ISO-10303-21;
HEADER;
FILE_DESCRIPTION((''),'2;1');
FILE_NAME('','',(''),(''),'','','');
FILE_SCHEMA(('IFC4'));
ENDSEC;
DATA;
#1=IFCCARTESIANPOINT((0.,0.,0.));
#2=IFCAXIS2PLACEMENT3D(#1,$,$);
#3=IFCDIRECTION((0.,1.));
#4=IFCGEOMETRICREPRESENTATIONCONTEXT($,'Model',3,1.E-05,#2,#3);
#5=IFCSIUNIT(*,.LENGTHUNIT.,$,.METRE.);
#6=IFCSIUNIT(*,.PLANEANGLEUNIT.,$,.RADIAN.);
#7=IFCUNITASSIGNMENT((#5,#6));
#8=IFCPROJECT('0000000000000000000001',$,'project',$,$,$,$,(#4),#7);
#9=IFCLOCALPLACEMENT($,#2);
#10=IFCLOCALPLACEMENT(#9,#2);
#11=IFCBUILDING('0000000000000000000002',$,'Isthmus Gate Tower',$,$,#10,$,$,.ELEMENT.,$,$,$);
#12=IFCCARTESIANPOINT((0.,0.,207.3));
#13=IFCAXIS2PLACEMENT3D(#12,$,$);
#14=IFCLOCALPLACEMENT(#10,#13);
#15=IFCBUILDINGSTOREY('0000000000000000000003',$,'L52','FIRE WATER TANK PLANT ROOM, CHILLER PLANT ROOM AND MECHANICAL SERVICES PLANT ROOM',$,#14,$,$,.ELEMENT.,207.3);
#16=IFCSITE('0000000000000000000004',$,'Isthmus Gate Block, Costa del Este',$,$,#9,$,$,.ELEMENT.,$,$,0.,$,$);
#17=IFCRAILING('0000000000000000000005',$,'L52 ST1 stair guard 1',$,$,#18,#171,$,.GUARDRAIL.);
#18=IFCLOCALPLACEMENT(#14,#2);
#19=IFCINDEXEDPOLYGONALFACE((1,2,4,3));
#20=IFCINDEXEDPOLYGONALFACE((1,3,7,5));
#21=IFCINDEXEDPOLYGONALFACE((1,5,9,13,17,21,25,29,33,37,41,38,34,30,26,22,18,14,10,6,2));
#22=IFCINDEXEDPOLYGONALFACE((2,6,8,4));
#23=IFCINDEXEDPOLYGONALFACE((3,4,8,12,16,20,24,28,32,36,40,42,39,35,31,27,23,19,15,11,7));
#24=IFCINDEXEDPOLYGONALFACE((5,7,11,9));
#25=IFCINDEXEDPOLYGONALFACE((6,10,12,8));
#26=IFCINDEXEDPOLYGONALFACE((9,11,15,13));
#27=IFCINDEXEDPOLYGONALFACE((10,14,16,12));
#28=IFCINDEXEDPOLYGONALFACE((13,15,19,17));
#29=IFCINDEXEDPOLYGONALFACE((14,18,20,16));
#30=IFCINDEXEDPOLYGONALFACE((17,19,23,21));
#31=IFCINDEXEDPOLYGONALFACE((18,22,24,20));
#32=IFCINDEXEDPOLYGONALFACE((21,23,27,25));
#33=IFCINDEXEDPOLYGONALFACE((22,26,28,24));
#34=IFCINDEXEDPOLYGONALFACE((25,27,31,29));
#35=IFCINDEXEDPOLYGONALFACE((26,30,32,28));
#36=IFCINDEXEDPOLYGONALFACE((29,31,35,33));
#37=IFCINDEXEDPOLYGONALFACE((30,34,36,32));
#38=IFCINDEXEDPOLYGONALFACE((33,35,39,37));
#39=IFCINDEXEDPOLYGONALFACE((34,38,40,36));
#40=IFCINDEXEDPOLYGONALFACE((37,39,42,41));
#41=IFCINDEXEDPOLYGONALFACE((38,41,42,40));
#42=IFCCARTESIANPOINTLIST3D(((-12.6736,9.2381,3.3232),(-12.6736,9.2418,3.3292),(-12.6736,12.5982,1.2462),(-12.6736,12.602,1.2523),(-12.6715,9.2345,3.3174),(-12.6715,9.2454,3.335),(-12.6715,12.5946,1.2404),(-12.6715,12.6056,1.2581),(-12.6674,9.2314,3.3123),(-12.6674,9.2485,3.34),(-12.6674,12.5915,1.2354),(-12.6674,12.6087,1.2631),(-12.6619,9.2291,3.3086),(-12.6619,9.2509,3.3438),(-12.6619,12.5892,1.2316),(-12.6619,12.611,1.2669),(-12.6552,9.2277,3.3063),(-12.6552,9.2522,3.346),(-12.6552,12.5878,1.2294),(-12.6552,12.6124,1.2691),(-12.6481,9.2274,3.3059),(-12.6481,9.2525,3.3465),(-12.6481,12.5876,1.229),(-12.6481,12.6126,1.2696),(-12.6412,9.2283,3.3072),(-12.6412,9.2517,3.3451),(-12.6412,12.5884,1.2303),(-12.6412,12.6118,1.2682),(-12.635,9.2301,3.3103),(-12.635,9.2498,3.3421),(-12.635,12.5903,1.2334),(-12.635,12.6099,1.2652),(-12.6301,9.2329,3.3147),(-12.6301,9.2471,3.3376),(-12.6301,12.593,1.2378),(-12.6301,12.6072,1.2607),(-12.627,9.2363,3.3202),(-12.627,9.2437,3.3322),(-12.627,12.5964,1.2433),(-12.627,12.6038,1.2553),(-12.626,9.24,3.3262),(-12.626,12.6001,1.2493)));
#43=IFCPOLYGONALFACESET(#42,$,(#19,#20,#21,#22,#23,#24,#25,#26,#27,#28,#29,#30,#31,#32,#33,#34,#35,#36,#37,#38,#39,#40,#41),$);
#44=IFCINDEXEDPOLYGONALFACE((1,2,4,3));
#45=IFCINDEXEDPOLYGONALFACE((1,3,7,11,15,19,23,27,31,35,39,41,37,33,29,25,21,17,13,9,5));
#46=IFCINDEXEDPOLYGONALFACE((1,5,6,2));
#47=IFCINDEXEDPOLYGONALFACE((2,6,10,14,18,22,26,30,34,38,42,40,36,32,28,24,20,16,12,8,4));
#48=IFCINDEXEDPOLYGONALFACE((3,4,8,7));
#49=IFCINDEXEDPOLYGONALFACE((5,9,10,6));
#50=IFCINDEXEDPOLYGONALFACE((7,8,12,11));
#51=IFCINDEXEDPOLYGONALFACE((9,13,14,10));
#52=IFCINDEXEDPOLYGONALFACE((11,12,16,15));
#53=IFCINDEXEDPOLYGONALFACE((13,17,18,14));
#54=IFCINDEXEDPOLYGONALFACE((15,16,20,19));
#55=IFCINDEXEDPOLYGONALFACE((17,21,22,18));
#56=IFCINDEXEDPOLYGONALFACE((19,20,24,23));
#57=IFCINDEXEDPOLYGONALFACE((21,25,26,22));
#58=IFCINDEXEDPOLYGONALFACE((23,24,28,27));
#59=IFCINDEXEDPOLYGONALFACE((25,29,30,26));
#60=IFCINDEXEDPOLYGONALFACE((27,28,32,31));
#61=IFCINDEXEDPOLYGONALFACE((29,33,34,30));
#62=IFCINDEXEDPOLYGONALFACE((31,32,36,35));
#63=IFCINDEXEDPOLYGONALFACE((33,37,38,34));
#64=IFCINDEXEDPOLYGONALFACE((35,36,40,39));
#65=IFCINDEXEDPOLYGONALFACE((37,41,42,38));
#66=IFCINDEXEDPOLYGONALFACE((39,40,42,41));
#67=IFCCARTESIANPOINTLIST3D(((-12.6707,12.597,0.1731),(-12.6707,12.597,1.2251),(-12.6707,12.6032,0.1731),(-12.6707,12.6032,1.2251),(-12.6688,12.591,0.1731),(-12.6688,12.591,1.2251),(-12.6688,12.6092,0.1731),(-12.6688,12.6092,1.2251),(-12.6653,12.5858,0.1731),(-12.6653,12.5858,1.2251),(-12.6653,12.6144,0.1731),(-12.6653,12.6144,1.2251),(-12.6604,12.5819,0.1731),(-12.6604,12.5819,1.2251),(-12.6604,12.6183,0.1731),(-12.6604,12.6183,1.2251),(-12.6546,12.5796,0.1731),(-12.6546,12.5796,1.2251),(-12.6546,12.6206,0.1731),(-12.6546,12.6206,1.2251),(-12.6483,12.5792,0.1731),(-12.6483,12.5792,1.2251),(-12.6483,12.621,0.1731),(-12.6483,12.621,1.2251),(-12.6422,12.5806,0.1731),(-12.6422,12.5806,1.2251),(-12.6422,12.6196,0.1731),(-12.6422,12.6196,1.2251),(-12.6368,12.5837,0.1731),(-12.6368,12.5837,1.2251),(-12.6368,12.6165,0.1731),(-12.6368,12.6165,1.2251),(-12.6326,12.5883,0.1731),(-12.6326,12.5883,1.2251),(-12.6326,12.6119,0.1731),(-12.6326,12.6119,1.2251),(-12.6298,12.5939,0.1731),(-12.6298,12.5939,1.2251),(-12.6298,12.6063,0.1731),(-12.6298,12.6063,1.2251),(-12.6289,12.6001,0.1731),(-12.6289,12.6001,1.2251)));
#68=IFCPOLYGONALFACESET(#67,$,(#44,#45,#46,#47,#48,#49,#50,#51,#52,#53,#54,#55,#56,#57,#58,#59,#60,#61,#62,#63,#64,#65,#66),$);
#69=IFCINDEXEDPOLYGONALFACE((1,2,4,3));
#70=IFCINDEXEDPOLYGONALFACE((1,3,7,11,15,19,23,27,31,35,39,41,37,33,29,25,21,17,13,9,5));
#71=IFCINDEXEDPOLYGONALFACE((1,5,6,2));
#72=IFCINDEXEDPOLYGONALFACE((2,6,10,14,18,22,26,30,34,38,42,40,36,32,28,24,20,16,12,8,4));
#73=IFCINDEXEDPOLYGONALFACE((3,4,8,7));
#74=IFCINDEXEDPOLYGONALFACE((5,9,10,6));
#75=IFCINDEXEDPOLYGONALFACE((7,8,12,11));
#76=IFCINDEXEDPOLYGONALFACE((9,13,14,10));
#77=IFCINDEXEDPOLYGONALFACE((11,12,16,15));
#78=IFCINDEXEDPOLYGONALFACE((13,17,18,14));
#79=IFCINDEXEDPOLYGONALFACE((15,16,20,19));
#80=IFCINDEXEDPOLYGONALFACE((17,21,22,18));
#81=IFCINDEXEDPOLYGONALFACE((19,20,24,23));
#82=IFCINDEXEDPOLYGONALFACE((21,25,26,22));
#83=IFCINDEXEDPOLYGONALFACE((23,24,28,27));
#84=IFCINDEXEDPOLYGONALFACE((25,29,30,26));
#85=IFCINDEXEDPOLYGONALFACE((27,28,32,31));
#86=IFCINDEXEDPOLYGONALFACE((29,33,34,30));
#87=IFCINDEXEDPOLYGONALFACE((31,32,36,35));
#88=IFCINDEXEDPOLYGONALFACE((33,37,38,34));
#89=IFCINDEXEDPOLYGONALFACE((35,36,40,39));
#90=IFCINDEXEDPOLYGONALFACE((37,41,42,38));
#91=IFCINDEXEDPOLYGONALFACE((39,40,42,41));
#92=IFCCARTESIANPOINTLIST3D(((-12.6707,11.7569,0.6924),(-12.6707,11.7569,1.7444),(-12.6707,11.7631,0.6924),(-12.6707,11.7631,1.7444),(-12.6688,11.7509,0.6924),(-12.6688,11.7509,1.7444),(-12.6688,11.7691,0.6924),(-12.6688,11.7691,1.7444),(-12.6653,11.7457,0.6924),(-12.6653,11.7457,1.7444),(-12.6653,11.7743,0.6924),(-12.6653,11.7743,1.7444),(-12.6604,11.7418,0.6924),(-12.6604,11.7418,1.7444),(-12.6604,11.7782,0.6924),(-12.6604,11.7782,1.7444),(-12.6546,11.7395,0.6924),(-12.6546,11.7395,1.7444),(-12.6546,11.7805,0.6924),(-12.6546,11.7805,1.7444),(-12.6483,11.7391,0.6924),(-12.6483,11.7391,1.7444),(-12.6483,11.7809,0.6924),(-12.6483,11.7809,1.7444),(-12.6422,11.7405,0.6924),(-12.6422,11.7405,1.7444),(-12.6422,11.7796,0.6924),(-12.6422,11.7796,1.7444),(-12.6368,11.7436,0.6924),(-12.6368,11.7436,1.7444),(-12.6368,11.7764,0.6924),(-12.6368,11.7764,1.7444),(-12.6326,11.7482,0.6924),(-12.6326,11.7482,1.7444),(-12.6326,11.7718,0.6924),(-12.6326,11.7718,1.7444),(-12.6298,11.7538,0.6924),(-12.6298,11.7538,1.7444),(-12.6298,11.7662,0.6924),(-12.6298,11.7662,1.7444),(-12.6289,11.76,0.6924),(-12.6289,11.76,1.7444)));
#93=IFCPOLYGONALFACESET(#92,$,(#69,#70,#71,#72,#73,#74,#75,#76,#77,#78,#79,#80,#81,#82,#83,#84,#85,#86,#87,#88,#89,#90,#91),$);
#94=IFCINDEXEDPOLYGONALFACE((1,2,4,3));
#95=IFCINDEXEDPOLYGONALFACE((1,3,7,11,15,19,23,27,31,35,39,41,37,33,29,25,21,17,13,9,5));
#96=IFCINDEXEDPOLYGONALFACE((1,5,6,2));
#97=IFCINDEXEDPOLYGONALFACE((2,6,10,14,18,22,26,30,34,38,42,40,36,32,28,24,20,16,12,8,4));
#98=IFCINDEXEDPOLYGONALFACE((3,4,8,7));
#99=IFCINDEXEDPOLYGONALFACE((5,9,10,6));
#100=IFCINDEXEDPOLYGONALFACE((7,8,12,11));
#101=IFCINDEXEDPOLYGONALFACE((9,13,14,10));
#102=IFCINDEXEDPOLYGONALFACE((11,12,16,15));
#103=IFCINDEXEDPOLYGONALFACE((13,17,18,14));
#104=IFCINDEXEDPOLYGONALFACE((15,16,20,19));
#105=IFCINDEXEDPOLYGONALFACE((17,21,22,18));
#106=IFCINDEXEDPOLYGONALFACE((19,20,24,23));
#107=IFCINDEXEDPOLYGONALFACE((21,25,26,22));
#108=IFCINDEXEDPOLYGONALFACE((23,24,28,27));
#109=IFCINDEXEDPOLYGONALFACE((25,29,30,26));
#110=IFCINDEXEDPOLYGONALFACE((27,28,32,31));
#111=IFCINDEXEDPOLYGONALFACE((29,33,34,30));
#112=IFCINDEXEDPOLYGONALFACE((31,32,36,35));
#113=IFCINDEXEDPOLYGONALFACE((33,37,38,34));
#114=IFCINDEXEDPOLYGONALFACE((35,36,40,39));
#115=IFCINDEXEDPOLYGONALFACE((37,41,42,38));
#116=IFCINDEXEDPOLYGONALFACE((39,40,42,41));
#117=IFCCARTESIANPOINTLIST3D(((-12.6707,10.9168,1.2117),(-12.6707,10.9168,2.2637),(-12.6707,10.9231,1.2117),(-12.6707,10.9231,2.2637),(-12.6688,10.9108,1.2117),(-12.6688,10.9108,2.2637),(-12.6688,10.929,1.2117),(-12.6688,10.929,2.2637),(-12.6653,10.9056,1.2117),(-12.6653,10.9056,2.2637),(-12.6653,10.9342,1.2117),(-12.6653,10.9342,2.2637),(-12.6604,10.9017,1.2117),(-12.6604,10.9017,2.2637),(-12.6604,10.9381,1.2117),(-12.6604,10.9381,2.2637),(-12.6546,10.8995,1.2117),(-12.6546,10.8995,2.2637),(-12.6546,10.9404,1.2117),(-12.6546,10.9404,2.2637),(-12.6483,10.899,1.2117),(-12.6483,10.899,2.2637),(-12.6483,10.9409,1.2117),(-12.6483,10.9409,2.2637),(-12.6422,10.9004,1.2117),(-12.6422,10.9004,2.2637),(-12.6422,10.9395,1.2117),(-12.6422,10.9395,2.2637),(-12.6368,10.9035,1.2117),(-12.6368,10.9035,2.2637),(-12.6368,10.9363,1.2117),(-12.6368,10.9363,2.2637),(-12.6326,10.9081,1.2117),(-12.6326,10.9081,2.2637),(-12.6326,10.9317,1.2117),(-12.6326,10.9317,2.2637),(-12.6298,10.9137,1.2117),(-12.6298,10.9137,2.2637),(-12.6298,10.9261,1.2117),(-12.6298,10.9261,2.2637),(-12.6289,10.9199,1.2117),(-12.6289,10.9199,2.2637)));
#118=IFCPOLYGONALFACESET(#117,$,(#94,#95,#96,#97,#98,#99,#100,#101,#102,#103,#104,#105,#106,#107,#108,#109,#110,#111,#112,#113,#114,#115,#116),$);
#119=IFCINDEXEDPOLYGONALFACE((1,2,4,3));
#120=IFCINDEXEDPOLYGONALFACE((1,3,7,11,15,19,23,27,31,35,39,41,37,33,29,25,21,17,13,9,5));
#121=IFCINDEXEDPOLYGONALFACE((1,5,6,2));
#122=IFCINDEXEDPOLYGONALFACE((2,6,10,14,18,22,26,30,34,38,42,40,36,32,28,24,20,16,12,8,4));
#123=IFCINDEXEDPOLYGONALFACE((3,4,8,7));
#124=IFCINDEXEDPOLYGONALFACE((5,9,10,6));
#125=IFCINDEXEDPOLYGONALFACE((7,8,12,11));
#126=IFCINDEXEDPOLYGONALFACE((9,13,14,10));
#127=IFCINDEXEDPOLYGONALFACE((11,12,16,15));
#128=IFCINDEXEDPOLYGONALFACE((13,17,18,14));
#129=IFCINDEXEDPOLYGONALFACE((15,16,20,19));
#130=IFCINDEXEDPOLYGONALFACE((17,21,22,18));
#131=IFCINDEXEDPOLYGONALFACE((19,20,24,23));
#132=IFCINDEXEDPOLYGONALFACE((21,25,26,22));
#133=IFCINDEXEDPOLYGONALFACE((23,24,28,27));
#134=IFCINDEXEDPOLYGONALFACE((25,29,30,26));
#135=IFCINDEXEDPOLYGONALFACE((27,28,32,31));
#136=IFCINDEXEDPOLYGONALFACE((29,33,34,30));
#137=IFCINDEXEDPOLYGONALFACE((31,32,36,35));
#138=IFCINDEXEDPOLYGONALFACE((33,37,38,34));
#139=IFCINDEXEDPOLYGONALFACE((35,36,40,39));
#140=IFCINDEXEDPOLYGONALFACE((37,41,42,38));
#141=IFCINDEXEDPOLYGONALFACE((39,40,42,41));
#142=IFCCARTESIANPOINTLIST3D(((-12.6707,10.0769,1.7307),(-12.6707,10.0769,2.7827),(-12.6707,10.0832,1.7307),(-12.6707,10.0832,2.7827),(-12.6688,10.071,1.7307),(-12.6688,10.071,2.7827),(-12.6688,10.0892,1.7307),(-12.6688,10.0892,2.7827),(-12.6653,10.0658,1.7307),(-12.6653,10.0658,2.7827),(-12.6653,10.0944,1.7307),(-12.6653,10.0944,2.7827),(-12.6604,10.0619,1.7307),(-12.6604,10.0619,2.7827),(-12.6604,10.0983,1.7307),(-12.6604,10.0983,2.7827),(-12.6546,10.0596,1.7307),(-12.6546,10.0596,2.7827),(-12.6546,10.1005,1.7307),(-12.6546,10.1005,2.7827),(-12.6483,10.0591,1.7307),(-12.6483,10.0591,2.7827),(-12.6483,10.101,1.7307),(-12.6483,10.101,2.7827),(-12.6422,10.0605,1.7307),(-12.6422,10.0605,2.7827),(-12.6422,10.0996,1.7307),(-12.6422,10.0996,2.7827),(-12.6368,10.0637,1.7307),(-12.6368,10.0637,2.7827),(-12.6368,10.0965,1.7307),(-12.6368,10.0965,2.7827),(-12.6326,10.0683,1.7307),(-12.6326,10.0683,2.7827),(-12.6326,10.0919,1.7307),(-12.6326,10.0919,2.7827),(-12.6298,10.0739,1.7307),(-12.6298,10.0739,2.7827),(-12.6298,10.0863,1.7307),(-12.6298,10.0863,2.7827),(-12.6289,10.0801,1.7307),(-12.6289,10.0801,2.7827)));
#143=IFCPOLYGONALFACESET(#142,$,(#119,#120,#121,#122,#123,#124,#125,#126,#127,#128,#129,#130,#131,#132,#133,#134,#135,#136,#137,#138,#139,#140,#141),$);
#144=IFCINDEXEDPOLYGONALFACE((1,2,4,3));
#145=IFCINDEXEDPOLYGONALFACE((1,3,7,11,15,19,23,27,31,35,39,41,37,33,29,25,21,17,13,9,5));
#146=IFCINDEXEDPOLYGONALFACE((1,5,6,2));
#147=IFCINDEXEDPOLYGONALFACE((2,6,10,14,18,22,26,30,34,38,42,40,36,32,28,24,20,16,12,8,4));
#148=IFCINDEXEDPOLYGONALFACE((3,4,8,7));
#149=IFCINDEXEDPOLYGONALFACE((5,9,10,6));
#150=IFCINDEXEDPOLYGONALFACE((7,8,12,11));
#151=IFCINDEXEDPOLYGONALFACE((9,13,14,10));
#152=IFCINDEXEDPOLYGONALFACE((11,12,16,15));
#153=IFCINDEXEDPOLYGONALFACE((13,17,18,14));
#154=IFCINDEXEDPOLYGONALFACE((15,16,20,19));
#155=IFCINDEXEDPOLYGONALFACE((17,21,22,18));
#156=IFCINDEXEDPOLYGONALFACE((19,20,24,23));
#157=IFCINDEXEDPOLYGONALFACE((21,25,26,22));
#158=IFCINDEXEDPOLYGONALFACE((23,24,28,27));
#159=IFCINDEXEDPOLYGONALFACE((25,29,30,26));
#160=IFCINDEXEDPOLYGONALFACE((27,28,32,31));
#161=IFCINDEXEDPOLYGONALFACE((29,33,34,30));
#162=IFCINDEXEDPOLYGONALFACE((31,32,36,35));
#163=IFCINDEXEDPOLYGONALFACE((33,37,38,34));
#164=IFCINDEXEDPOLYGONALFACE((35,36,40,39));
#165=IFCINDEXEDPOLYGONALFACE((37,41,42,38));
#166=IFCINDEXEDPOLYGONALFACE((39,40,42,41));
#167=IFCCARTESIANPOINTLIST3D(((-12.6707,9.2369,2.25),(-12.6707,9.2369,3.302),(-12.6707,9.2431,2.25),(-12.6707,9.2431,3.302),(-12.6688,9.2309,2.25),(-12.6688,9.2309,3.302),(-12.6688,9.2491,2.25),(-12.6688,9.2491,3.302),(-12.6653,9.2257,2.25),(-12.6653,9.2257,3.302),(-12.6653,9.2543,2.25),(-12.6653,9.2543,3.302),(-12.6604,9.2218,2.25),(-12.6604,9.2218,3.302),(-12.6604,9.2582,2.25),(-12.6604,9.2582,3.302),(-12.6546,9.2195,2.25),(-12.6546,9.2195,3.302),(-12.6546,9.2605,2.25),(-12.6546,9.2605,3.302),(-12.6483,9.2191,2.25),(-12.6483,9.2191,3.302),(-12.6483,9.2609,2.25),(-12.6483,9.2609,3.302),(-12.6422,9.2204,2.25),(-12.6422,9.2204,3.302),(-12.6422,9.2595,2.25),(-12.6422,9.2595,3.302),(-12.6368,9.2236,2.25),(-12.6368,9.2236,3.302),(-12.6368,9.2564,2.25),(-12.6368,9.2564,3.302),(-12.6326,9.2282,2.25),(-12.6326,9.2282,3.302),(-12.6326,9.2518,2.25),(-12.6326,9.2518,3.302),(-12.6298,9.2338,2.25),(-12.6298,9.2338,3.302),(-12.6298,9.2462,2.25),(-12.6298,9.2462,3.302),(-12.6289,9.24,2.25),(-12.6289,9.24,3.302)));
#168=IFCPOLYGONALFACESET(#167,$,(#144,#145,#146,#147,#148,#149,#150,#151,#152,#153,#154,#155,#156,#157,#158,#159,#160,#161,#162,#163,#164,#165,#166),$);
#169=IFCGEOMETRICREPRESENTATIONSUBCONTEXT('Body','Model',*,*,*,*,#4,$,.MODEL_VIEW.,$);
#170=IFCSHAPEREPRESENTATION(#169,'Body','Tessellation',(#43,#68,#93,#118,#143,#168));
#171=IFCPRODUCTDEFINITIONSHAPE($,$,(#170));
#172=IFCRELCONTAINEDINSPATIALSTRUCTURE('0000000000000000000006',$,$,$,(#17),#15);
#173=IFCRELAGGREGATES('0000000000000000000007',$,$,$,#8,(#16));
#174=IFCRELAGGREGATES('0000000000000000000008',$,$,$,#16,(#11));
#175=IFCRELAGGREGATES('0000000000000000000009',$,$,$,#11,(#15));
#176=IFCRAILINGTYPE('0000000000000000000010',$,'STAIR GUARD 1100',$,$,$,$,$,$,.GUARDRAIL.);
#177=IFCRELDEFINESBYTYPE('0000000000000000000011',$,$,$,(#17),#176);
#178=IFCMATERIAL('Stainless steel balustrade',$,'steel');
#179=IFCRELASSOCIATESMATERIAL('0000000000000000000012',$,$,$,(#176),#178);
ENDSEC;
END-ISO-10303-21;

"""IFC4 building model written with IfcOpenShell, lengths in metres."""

from ifc_helpers import new_model, si_unit, direction, frame, origin, origin_2d, place, context, subcontext, project, spatial, circle, extrude, material, type_object, element, save


model = new_model("IFC4")

# Units and contexts
model_context = context("Model", 3, precision=1e-05, world=origin(), true_north=direction((0.0, 1.0)))
body_context = subcontext(model_context, "Body", "Model", "MODEL_VIEW")
ifc_project = project(units=[si_unit("LENGTHUNIT", "METRE"), si_unit("PLANEANGLEUNIT", "RADIAN")], contexts=[model_context])

# Site, building, storey
site_placement = place(None, origin())
site = spatial("IfcSite", under=ifc_project, at=site_placement, Name="Isthmus Gate Block, Costa del Este", CompositionType="ELEMENT", RefElevation=0.0)
building_placement = place(site_placement, origin())
building = spatial("IfcBuilding", under=site, at=building_placement, Name="Isthmus Gate Tower", CompositionType="ELEMENT")
storey_placement = place(building_placement, frame((0.0, 0.0, 207.3)))
storey = spatial("IfcBuildingStorey", under=building, at=storey_placement, Name="L52", Description="FIRE WATER TANK PLANT ROOM, CHILLER PLANT ROOM AND MECHANICAL SERVICES PLANT ROOM", CompositionType="ELEMENT", Elevation=207.3)

# Railing
ifc_material_1 = material(Name="Stainless steel balustrade", Category="steel")
railing_type_1 = type_object("IfcRailingType", Name="STAIR GUARD 1100", PredefinedType="GUARDRAIL", material=ifc_material_1)
railing_1_placement = place(storey_placement, frame((-12.6499, 12.6001, 0.1731)))
element("IfcRailing", 1, at=railing_1_placement, inside=storey, type_object=railing_type_1, Name="L52 ST1 stair guard 1", PredefinedType="GUARDRAIL", context=body_context, shape_type="SweptSolid", body=[
    extrude(circle(Radius=0.0239, at=origin_2d()), frame((0.0, 0.0, 1.0762), z_axis=(0.0, -0.850623, 0.525776), x_axis=(1.0, 0.0, 0.0)), (0.0, 0.0, 1.0), 3.9502),
    extrude(circle(Radius=0.021, at=origin_2d()), origin(), (0.0, 0.0, 1.0), 1.052),
    extrude(circle(Radius=0.021, at=origin_2d()), frame((0.0, -0.8401, 0.5193)), (0.0, 0.0, 1.0), 1.052),
    extrude(circle(Radius=0.021, at=origin_2d()), frame((0.0, -1.6802, 1.0386)), (0.0, 0.0, 1.0), 1.052),
    extrude(circle(Radius=0.021, at=origin_2d()), frame((0.0, -2.52, 1.5576)), (0.0, 0.0, 1.0), 1.052),
    extrude(circle(Radius=0.021, at=origin_2d()), frame((0.0, -3.3601, 2.0769)), (0.0, 0.0, 1.0), 1.052),
])

save(model, "model.ifc")
